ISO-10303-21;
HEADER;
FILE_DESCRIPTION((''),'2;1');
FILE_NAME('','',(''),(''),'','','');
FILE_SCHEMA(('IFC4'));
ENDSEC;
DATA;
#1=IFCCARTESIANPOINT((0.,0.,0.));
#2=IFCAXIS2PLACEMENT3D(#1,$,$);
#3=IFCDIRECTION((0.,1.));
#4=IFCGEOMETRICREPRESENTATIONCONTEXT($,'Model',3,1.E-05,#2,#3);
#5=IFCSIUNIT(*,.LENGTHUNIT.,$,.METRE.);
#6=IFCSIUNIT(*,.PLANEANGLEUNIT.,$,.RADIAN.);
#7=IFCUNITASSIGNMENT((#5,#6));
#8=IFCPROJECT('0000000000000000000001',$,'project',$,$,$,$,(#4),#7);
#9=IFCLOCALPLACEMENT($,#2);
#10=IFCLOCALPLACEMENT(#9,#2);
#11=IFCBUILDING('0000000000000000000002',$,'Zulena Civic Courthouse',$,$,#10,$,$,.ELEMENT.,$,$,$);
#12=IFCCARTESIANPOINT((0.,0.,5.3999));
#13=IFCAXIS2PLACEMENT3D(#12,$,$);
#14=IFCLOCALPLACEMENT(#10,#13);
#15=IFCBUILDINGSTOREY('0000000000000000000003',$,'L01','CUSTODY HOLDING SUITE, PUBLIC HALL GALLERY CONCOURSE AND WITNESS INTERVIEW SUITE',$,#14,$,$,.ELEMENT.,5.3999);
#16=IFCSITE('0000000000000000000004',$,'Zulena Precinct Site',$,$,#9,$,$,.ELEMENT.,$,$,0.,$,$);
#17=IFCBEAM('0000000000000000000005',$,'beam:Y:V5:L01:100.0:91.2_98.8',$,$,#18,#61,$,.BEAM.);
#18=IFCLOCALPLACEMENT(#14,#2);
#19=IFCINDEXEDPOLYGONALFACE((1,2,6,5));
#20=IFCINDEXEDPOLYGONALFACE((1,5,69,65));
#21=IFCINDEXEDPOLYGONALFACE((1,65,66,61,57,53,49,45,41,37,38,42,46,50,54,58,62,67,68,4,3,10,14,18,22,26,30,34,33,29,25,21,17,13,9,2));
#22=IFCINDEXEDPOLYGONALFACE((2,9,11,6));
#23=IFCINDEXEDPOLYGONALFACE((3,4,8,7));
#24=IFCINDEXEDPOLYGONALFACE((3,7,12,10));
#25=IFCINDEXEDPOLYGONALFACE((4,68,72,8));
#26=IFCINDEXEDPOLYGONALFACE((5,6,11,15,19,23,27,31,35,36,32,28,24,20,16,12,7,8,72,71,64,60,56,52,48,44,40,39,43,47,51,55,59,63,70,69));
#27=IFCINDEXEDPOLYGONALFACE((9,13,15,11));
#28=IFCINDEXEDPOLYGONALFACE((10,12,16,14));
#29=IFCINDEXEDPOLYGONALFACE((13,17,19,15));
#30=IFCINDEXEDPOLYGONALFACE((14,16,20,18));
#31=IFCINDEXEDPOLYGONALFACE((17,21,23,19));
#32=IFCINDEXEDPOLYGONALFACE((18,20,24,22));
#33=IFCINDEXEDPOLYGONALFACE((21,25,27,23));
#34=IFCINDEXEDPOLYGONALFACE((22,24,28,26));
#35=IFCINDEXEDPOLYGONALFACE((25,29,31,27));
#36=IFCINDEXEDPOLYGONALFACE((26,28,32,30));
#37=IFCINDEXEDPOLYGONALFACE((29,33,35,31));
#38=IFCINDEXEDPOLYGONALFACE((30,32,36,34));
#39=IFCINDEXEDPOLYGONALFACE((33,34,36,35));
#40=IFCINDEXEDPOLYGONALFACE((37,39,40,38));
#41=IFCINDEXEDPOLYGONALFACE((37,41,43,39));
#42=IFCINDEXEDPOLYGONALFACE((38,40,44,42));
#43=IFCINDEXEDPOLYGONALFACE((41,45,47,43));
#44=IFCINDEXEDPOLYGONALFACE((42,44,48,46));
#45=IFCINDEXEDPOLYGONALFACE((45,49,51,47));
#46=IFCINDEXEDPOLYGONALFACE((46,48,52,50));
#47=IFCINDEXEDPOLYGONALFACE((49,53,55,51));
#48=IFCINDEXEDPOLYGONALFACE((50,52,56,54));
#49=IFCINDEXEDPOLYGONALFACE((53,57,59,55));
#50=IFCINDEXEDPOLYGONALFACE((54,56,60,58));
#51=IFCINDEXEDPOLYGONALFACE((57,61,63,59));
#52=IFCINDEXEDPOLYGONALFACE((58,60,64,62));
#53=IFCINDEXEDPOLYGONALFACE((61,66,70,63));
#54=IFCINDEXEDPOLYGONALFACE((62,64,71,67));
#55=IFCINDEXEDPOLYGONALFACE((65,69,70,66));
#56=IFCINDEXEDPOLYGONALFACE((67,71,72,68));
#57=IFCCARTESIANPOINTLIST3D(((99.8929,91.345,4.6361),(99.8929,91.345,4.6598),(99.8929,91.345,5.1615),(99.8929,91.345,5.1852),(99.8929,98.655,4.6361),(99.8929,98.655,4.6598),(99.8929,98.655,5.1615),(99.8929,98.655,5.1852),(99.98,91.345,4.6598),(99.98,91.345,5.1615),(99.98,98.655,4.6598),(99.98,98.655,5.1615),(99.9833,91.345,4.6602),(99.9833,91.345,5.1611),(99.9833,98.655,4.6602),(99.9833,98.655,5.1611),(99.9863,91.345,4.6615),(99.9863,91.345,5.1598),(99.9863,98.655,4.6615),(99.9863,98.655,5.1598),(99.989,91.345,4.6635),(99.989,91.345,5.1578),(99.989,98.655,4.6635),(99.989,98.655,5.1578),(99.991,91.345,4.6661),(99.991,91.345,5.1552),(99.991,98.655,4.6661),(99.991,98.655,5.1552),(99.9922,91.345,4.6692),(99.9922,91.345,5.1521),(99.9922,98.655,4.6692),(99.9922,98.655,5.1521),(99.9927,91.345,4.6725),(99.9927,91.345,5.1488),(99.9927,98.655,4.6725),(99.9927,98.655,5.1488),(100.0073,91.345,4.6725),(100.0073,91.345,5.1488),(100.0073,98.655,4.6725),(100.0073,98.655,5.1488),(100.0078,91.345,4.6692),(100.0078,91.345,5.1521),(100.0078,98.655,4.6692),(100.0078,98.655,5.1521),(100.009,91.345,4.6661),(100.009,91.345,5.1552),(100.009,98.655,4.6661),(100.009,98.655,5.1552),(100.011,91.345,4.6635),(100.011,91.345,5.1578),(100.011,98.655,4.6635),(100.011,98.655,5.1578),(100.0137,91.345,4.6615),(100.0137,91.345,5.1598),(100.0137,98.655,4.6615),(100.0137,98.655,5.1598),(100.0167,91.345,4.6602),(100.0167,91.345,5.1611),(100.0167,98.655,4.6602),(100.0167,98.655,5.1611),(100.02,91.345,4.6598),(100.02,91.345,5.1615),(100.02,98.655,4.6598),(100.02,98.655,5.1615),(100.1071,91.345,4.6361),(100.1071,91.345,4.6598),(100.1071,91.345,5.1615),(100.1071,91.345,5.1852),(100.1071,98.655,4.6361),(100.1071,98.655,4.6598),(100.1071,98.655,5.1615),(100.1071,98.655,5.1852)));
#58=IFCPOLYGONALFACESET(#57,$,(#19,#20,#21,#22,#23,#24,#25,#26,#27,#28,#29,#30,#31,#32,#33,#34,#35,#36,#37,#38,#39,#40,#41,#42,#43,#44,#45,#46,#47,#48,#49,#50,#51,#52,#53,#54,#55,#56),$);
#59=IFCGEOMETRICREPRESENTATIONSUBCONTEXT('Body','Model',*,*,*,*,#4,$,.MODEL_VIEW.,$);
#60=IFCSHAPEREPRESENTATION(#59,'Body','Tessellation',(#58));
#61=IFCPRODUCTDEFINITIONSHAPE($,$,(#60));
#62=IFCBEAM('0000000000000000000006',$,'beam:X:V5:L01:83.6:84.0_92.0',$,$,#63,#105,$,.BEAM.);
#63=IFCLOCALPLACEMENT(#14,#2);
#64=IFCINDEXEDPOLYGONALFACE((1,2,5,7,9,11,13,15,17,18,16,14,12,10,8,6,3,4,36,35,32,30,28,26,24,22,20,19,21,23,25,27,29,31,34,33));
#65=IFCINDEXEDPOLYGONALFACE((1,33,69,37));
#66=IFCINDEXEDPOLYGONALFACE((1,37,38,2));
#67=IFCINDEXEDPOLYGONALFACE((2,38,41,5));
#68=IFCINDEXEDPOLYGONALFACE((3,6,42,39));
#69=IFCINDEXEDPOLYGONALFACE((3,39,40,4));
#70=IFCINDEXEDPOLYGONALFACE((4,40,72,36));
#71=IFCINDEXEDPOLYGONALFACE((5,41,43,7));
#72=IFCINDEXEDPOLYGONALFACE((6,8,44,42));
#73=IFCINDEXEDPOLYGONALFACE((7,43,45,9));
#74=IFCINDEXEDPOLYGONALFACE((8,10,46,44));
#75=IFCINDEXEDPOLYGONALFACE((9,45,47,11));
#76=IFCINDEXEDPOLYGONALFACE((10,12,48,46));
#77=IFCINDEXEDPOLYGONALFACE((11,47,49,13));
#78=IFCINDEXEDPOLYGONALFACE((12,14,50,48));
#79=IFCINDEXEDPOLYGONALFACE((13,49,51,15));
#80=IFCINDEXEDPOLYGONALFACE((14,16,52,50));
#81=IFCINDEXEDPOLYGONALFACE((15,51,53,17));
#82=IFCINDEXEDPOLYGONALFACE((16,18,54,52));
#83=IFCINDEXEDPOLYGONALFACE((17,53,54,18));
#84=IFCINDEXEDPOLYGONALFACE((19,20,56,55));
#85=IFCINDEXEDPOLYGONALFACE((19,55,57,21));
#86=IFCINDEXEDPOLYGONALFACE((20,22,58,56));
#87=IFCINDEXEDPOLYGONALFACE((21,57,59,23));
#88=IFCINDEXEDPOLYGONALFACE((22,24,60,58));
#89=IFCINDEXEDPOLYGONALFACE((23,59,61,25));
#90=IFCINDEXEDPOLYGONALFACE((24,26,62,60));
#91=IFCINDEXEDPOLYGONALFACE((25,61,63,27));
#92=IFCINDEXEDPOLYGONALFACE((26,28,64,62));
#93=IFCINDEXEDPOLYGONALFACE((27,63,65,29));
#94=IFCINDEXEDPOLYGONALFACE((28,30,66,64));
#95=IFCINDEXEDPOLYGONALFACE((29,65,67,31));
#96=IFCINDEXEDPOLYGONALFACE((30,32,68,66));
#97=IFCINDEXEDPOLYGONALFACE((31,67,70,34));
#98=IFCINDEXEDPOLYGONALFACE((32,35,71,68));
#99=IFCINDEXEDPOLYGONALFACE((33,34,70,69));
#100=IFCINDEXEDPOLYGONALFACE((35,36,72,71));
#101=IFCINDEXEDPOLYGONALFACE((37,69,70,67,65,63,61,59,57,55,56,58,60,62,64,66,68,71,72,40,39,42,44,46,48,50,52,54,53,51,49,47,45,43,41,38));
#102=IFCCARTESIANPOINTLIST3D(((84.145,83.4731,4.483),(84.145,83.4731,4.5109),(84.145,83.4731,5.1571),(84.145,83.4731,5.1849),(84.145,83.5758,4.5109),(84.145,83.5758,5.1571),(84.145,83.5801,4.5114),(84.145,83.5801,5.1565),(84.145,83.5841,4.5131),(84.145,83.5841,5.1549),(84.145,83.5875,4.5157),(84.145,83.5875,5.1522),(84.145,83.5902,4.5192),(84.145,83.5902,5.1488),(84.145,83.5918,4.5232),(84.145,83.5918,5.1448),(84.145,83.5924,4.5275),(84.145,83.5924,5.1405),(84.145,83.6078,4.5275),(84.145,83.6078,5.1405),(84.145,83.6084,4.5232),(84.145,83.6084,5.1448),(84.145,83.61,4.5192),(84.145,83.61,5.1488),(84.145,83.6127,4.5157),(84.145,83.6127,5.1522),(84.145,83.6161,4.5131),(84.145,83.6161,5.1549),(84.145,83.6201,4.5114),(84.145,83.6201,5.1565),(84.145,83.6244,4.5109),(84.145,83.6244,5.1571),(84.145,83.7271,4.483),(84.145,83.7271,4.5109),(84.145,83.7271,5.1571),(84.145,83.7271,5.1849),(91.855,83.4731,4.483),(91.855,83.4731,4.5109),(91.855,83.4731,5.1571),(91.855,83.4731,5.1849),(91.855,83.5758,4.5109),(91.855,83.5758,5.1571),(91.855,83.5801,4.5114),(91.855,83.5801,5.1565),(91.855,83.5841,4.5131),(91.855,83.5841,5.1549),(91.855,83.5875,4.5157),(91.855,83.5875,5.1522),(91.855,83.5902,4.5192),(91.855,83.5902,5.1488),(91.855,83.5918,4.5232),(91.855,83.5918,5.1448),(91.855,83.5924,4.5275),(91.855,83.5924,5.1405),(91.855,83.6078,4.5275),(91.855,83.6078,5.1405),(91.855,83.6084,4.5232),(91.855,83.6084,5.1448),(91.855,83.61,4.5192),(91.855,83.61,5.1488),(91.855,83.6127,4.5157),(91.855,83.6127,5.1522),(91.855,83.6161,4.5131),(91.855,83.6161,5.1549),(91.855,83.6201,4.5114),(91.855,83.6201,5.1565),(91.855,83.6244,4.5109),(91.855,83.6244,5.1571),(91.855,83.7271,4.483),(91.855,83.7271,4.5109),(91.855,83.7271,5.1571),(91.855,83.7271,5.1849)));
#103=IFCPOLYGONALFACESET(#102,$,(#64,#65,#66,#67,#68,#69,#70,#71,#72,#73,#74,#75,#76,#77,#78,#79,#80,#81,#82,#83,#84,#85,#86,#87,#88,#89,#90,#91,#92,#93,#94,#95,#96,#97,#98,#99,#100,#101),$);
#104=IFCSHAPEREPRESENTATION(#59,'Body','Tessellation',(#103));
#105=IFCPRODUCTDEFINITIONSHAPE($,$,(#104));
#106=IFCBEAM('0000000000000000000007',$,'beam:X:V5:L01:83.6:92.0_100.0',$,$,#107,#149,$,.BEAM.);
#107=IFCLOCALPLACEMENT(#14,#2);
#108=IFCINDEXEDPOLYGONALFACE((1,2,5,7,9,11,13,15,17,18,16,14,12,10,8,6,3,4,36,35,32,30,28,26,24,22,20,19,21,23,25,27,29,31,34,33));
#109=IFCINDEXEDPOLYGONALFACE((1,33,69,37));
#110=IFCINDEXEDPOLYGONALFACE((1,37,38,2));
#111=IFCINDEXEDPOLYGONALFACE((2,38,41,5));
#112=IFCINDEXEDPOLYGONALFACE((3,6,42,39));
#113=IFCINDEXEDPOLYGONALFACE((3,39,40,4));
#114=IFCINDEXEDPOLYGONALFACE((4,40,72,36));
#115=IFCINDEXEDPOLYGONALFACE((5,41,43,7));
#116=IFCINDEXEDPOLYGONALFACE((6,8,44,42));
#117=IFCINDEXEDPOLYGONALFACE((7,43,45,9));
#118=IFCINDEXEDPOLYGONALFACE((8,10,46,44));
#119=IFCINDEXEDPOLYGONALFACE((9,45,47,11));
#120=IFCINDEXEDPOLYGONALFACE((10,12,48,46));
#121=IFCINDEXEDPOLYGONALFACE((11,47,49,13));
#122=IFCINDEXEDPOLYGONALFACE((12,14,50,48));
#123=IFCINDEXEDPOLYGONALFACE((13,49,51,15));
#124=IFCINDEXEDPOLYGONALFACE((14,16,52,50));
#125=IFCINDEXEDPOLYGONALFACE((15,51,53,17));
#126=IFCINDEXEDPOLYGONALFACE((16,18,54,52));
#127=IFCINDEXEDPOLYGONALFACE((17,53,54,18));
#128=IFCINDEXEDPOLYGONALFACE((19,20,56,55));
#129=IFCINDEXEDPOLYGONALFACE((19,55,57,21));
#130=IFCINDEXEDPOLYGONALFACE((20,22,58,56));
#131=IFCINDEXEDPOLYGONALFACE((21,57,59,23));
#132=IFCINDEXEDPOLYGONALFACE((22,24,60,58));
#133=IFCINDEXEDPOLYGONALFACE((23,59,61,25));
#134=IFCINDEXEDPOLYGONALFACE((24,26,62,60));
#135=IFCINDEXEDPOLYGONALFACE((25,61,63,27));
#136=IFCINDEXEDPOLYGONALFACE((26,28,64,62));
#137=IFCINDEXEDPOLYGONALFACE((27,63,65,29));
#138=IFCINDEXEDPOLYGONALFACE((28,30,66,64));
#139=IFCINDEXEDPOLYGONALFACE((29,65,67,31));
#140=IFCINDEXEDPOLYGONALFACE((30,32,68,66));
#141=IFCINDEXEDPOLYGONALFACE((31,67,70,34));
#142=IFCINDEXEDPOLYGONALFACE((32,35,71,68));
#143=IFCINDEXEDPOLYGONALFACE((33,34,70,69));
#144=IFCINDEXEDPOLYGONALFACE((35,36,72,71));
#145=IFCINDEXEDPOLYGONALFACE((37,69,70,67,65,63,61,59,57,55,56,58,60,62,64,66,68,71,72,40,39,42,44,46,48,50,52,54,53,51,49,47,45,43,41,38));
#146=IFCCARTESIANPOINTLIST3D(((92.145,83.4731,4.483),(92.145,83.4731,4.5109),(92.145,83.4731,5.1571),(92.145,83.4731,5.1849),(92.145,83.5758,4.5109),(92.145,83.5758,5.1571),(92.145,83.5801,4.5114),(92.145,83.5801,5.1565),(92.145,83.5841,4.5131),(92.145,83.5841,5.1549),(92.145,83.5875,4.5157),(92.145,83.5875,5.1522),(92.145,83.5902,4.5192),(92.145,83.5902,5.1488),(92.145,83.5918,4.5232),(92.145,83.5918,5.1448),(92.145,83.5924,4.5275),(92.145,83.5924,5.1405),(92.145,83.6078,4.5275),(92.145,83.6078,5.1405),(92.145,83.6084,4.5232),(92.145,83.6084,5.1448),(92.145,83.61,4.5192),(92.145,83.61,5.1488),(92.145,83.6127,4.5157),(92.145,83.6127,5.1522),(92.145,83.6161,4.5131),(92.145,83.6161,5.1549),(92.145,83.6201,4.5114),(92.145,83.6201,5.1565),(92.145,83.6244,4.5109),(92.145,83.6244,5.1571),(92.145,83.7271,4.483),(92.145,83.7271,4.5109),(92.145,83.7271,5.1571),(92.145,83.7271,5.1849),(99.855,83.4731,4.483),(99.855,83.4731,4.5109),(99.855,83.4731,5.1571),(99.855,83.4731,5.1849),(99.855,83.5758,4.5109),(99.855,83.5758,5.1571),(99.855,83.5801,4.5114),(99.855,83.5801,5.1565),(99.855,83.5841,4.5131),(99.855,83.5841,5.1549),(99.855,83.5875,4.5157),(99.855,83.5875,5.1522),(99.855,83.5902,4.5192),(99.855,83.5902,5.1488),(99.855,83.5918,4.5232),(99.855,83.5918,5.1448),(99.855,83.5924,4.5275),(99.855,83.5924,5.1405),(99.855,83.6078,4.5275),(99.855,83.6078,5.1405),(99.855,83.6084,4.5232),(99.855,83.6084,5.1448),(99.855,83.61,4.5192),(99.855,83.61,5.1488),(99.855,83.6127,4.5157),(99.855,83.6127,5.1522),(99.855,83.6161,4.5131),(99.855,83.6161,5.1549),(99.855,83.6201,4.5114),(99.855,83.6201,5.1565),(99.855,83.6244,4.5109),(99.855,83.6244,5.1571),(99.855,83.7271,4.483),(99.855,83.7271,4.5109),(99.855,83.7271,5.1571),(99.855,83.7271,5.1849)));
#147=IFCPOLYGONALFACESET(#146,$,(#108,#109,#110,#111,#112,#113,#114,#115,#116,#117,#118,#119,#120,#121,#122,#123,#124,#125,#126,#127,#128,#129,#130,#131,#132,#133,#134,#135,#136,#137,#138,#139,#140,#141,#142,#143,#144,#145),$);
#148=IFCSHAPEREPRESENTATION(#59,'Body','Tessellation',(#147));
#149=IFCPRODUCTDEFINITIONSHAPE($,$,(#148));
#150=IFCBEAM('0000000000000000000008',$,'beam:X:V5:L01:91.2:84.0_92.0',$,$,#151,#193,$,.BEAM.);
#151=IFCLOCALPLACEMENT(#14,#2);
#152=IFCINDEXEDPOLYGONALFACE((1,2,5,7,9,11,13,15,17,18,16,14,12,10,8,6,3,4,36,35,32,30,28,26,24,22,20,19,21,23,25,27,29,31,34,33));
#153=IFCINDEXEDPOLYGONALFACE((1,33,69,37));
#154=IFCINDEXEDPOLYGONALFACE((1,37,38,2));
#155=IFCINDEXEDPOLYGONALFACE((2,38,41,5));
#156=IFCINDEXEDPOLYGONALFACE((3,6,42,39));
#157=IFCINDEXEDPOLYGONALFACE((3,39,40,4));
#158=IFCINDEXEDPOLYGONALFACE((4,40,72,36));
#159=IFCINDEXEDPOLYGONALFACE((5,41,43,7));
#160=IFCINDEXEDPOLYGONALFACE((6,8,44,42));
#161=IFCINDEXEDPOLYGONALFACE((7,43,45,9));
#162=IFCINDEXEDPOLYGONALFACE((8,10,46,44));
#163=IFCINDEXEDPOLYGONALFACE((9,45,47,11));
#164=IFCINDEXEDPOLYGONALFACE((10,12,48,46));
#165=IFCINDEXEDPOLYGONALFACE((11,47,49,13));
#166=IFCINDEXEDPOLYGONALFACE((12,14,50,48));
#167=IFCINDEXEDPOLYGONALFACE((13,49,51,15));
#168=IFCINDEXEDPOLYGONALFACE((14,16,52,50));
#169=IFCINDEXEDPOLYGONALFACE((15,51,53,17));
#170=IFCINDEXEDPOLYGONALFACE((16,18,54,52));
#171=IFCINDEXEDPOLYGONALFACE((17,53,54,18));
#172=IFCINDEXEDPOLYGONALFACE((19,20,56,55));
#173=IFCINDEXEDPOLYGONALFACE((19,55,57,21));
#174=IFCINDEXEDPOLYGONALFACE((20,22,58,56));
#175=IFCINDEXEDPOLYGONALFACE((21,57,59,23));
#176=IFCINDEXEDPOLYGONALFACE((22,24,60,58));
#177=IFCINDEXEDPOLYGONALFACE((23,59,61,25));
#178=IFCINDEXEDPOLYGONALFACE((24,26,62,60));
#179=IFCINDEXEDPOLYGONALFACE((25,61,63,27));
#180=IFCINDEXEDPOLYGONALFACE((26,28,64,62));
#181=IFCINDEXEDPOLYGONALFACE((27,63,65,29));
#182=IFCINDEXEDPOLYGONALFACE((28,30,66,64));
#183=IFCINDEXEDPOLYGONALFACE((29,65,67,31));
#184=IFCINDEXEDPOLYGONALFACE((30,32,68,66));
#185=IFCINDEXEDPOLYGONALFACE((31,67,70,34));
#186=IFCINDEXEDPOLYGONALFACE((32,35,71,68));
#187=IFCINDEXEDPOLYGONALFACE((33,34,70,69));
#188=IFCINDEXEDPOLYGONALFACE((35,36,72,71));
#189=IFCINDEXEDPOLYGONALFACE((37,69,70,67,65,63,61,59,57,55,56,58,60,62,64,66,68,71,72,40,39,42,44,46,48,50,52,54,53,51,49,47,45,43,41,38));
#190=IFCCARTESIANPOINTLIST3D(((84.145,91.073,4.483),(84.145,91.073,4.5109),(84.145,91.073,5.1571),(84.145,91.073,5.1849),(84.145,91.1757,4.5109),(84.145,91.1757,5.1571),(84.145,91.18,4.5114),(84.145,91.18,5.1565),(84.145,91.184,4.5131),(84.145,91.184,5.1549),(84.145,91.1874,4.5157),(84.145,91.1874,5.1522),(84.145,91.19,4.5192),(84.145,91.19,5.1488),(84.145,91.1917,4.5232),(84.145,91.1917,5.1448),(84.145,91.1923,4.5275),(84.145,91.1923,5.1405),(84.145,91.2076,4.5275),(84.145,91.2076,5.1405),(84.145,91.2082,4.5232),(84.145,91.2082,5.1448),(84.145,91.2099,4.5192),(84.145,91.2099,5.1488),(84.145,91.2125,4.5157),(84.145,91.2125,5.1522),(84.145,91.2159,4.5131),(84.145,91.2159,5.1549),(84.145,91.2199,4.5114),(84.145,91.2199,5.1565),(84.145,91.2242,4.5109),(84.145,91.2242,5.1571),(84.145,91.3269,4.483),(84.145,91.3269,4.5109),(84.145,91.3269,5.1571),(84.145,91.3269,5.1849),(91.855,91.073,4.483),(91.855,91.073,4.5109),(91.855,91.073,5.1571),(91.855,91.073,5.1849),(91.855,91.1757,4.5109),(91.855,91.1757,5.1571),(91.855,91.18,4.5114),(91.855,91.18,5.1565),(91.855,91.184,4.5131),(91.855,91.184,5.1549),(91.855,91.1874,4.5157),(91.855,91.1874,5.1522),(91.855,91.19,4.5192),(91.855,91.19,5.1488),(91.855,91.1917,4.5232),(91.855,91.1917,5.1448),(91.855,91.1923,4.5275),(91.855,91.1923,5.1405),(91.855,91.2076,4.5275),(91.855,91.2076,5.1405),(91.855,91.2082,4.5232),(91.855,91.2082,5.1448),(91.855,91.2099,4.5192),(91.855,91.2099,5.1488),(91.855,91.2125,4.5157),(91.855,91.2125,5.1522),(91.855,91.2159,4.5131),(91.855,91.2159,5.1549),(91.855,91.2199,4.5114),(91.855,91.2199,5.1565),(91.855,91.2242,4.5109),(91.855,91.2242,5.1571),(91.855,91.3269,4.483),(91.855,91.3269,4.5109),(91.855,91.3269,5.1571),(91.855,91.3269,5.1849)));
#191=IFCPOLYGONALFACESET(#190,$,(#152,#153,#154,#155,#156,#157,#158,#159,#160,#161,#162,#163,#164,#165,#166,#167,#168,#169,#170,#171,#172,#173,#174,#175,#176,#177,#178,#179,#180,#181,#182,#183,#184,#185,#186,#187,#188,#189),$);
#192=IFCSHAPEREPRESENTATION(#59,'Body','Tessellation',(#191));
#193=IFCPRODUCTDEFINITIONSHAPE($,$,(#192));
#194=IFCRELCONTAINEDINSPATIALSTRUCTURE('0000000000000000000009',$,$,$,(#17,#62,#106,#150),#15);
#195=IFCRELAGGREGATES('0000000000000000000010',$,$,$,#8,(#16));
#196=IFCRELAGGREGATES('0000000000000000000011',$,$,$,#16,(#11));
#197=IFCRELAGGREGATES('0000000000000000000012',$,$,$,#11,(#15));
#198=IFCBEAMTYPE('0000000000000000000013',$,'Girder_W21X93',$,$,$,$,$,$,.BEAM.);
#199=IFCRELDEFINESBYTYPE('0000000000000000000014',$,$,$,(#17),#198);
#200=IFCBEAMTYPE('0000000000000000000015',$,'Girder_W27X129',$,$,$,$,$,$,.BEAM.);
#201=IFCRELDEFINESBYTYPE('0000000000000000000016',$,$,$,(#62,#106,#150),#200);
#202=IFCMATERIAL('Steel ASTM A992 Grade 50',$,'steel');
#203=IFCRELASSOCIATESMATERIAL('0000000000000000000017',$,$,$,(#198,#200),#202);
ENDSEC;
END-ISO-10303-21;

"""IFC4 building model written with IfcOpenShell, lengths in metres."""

from ifc_helpers import new_model, si_unit, direction, frame, origin, origin_2d, place, context, subcontext, project, spatial, i_section, extrude, material, material_profile, profile_set, type_object, element, save


model = new_model("IFC4")

# Units and contexts
model_context = context("Model", 3, precision=1e-05, world=origin(), true_north=direction((0.0, 1.0)))
body_context = subcontext(model_context, "Body", "Model", "MODEL_VIEW")
ifc_project = project(units=[si_unit("LENGTHUNIT", "METRE"), si_unit("PLANEANGLEUNIT", "RADIAN")], contexts=[model_context])

# Site, building, storey
site_placement = place(None, origin())
site = spatial("IfcSite", under=ifc_project, at=site_placement, Name="Zulena Precinct Site", CompositionType="ELEMENT", RefElevation=0.0)
building_placement = place(site_placement, origin())
building = spatial("IfcBuilding", under=site, at=building_placement, Name="Zulena Civic Courthouse", CompositionType="ELEMENT")
storey_placement = place(building_placement, frame((0.0, 0.0, 5.3999)))
storey = spatial("IfcBuildingStorey", under=building, at=storey_placement, Name="L01", Description="CUSTODY HOLDING SUITE, PUBLIC HALL GALLERY CONCOURSE AND WITNESS INTERVIEW SUITE", CompositionType="ELEMENT", Elevation=5.3999)

# Shared definitions
ifc_material_1 = material(Name="Steel ASTM A992 Grade 50", Category="steel")

# Beams
ifc_material_profile_1 = material_profile(ifc_material_1, i_section(OverallWidth=0.2141, OverallDepth=0.5491, WebThickness=0.0146, FlangeThickness=0.0237, FilletRadius=0.0127, at=origin_2d()), Name="W21X93")
ifc_profile_set_1 = profile_set([ifc_material_profile_1], Name="Steel ASTM A992 Grade 50")
beam_type_1 = type_object("IfcBeamType", Name="Girder_W21X93", PredefinedType="BEAM", material=ifc_profile_set_1)
beam_1_placement = place(storey_placement, frame((100.0, 91.345, 4.9106), z_axis=(0.0, 1.0, 0.0), x_axis=(-1.0, 0.0, 0.0)))
element("IfcBeam", 1, at=beam_1_placement, inside=storey, type_object=beam_type_1, Name="beam:Y:V5:L01:100.0:91.2_98.8", PredefinedType="BEAM", context=body_context, shape_type="SweptSolid", body=[
    extrude(i_section(OverallWidth=0.2141, OverallDepth=0.5491, WebThickness=0.0146, FlangeThickness=0.0237, FilletRadius=0.0127, at=origin_2d()), origin(), (0.0, 0.0, 1.0), 7.3101),
])
ifc_material_profile_2 = material_profile(ifc_material_1, i_section(OverallWidth=0.2539, OverallDepth=0.7019, WebThickness=0.0154, FlangeThickness=0.0278, FilletRadius=0.0166, at=origin_2d()), Name="W27X129")
ifc_profile_set_2 = profile_set([ifc_material_profile_2], Name="Steel ASTM A992 Grade 50")
beam_type_2 = type_object("IfcBeamType", Name="Girder_W27X129", PredefinedType="BEAM", material=ifc_profile_set_2)
for number, where, z_axis, x_axis, name in (
    (2, (84.145, 83.6001, 4.834), (1.0, 0.0, 0.0), (0.0, 1.0, 0.0), "beam:X:V5:L01:83.6:84.0_92.0"),
    (3, (92.145, 83.6001, 4.834), (1.0, 0.0, 0.0), (0.0, 1.0, 0.0), "beam:X:V5:L01:83.6:92.0_100.0"),
    (4, (84.145, 91.2, 4.834), (1.0, 0.0, 0.0), (0.0, 1.0, 0.0), "beam:X:V5:L01:91.2:84.0_92.0"),
):
    element("IfcBeam", number, at=place(storey_placement, frame(where, z_axis=z_axis, x_axis=x_axis)), inside=storey, type_object=beam_type_2, Name=name, PredefinedType="BEAM", context=body_context, shape_type="SweptSolid", body=[
        extrude(i_section(OverallWidth=0.2539, OverallDepth=0.7019, WebThickness=0.0154, FlangeThickness=0.0278, FilletRadius=0.0166, at=origin_2d()), origin(), (0.0, 0.0, 1.0), 7.71),
    ])

save(model, "model.ifc")
